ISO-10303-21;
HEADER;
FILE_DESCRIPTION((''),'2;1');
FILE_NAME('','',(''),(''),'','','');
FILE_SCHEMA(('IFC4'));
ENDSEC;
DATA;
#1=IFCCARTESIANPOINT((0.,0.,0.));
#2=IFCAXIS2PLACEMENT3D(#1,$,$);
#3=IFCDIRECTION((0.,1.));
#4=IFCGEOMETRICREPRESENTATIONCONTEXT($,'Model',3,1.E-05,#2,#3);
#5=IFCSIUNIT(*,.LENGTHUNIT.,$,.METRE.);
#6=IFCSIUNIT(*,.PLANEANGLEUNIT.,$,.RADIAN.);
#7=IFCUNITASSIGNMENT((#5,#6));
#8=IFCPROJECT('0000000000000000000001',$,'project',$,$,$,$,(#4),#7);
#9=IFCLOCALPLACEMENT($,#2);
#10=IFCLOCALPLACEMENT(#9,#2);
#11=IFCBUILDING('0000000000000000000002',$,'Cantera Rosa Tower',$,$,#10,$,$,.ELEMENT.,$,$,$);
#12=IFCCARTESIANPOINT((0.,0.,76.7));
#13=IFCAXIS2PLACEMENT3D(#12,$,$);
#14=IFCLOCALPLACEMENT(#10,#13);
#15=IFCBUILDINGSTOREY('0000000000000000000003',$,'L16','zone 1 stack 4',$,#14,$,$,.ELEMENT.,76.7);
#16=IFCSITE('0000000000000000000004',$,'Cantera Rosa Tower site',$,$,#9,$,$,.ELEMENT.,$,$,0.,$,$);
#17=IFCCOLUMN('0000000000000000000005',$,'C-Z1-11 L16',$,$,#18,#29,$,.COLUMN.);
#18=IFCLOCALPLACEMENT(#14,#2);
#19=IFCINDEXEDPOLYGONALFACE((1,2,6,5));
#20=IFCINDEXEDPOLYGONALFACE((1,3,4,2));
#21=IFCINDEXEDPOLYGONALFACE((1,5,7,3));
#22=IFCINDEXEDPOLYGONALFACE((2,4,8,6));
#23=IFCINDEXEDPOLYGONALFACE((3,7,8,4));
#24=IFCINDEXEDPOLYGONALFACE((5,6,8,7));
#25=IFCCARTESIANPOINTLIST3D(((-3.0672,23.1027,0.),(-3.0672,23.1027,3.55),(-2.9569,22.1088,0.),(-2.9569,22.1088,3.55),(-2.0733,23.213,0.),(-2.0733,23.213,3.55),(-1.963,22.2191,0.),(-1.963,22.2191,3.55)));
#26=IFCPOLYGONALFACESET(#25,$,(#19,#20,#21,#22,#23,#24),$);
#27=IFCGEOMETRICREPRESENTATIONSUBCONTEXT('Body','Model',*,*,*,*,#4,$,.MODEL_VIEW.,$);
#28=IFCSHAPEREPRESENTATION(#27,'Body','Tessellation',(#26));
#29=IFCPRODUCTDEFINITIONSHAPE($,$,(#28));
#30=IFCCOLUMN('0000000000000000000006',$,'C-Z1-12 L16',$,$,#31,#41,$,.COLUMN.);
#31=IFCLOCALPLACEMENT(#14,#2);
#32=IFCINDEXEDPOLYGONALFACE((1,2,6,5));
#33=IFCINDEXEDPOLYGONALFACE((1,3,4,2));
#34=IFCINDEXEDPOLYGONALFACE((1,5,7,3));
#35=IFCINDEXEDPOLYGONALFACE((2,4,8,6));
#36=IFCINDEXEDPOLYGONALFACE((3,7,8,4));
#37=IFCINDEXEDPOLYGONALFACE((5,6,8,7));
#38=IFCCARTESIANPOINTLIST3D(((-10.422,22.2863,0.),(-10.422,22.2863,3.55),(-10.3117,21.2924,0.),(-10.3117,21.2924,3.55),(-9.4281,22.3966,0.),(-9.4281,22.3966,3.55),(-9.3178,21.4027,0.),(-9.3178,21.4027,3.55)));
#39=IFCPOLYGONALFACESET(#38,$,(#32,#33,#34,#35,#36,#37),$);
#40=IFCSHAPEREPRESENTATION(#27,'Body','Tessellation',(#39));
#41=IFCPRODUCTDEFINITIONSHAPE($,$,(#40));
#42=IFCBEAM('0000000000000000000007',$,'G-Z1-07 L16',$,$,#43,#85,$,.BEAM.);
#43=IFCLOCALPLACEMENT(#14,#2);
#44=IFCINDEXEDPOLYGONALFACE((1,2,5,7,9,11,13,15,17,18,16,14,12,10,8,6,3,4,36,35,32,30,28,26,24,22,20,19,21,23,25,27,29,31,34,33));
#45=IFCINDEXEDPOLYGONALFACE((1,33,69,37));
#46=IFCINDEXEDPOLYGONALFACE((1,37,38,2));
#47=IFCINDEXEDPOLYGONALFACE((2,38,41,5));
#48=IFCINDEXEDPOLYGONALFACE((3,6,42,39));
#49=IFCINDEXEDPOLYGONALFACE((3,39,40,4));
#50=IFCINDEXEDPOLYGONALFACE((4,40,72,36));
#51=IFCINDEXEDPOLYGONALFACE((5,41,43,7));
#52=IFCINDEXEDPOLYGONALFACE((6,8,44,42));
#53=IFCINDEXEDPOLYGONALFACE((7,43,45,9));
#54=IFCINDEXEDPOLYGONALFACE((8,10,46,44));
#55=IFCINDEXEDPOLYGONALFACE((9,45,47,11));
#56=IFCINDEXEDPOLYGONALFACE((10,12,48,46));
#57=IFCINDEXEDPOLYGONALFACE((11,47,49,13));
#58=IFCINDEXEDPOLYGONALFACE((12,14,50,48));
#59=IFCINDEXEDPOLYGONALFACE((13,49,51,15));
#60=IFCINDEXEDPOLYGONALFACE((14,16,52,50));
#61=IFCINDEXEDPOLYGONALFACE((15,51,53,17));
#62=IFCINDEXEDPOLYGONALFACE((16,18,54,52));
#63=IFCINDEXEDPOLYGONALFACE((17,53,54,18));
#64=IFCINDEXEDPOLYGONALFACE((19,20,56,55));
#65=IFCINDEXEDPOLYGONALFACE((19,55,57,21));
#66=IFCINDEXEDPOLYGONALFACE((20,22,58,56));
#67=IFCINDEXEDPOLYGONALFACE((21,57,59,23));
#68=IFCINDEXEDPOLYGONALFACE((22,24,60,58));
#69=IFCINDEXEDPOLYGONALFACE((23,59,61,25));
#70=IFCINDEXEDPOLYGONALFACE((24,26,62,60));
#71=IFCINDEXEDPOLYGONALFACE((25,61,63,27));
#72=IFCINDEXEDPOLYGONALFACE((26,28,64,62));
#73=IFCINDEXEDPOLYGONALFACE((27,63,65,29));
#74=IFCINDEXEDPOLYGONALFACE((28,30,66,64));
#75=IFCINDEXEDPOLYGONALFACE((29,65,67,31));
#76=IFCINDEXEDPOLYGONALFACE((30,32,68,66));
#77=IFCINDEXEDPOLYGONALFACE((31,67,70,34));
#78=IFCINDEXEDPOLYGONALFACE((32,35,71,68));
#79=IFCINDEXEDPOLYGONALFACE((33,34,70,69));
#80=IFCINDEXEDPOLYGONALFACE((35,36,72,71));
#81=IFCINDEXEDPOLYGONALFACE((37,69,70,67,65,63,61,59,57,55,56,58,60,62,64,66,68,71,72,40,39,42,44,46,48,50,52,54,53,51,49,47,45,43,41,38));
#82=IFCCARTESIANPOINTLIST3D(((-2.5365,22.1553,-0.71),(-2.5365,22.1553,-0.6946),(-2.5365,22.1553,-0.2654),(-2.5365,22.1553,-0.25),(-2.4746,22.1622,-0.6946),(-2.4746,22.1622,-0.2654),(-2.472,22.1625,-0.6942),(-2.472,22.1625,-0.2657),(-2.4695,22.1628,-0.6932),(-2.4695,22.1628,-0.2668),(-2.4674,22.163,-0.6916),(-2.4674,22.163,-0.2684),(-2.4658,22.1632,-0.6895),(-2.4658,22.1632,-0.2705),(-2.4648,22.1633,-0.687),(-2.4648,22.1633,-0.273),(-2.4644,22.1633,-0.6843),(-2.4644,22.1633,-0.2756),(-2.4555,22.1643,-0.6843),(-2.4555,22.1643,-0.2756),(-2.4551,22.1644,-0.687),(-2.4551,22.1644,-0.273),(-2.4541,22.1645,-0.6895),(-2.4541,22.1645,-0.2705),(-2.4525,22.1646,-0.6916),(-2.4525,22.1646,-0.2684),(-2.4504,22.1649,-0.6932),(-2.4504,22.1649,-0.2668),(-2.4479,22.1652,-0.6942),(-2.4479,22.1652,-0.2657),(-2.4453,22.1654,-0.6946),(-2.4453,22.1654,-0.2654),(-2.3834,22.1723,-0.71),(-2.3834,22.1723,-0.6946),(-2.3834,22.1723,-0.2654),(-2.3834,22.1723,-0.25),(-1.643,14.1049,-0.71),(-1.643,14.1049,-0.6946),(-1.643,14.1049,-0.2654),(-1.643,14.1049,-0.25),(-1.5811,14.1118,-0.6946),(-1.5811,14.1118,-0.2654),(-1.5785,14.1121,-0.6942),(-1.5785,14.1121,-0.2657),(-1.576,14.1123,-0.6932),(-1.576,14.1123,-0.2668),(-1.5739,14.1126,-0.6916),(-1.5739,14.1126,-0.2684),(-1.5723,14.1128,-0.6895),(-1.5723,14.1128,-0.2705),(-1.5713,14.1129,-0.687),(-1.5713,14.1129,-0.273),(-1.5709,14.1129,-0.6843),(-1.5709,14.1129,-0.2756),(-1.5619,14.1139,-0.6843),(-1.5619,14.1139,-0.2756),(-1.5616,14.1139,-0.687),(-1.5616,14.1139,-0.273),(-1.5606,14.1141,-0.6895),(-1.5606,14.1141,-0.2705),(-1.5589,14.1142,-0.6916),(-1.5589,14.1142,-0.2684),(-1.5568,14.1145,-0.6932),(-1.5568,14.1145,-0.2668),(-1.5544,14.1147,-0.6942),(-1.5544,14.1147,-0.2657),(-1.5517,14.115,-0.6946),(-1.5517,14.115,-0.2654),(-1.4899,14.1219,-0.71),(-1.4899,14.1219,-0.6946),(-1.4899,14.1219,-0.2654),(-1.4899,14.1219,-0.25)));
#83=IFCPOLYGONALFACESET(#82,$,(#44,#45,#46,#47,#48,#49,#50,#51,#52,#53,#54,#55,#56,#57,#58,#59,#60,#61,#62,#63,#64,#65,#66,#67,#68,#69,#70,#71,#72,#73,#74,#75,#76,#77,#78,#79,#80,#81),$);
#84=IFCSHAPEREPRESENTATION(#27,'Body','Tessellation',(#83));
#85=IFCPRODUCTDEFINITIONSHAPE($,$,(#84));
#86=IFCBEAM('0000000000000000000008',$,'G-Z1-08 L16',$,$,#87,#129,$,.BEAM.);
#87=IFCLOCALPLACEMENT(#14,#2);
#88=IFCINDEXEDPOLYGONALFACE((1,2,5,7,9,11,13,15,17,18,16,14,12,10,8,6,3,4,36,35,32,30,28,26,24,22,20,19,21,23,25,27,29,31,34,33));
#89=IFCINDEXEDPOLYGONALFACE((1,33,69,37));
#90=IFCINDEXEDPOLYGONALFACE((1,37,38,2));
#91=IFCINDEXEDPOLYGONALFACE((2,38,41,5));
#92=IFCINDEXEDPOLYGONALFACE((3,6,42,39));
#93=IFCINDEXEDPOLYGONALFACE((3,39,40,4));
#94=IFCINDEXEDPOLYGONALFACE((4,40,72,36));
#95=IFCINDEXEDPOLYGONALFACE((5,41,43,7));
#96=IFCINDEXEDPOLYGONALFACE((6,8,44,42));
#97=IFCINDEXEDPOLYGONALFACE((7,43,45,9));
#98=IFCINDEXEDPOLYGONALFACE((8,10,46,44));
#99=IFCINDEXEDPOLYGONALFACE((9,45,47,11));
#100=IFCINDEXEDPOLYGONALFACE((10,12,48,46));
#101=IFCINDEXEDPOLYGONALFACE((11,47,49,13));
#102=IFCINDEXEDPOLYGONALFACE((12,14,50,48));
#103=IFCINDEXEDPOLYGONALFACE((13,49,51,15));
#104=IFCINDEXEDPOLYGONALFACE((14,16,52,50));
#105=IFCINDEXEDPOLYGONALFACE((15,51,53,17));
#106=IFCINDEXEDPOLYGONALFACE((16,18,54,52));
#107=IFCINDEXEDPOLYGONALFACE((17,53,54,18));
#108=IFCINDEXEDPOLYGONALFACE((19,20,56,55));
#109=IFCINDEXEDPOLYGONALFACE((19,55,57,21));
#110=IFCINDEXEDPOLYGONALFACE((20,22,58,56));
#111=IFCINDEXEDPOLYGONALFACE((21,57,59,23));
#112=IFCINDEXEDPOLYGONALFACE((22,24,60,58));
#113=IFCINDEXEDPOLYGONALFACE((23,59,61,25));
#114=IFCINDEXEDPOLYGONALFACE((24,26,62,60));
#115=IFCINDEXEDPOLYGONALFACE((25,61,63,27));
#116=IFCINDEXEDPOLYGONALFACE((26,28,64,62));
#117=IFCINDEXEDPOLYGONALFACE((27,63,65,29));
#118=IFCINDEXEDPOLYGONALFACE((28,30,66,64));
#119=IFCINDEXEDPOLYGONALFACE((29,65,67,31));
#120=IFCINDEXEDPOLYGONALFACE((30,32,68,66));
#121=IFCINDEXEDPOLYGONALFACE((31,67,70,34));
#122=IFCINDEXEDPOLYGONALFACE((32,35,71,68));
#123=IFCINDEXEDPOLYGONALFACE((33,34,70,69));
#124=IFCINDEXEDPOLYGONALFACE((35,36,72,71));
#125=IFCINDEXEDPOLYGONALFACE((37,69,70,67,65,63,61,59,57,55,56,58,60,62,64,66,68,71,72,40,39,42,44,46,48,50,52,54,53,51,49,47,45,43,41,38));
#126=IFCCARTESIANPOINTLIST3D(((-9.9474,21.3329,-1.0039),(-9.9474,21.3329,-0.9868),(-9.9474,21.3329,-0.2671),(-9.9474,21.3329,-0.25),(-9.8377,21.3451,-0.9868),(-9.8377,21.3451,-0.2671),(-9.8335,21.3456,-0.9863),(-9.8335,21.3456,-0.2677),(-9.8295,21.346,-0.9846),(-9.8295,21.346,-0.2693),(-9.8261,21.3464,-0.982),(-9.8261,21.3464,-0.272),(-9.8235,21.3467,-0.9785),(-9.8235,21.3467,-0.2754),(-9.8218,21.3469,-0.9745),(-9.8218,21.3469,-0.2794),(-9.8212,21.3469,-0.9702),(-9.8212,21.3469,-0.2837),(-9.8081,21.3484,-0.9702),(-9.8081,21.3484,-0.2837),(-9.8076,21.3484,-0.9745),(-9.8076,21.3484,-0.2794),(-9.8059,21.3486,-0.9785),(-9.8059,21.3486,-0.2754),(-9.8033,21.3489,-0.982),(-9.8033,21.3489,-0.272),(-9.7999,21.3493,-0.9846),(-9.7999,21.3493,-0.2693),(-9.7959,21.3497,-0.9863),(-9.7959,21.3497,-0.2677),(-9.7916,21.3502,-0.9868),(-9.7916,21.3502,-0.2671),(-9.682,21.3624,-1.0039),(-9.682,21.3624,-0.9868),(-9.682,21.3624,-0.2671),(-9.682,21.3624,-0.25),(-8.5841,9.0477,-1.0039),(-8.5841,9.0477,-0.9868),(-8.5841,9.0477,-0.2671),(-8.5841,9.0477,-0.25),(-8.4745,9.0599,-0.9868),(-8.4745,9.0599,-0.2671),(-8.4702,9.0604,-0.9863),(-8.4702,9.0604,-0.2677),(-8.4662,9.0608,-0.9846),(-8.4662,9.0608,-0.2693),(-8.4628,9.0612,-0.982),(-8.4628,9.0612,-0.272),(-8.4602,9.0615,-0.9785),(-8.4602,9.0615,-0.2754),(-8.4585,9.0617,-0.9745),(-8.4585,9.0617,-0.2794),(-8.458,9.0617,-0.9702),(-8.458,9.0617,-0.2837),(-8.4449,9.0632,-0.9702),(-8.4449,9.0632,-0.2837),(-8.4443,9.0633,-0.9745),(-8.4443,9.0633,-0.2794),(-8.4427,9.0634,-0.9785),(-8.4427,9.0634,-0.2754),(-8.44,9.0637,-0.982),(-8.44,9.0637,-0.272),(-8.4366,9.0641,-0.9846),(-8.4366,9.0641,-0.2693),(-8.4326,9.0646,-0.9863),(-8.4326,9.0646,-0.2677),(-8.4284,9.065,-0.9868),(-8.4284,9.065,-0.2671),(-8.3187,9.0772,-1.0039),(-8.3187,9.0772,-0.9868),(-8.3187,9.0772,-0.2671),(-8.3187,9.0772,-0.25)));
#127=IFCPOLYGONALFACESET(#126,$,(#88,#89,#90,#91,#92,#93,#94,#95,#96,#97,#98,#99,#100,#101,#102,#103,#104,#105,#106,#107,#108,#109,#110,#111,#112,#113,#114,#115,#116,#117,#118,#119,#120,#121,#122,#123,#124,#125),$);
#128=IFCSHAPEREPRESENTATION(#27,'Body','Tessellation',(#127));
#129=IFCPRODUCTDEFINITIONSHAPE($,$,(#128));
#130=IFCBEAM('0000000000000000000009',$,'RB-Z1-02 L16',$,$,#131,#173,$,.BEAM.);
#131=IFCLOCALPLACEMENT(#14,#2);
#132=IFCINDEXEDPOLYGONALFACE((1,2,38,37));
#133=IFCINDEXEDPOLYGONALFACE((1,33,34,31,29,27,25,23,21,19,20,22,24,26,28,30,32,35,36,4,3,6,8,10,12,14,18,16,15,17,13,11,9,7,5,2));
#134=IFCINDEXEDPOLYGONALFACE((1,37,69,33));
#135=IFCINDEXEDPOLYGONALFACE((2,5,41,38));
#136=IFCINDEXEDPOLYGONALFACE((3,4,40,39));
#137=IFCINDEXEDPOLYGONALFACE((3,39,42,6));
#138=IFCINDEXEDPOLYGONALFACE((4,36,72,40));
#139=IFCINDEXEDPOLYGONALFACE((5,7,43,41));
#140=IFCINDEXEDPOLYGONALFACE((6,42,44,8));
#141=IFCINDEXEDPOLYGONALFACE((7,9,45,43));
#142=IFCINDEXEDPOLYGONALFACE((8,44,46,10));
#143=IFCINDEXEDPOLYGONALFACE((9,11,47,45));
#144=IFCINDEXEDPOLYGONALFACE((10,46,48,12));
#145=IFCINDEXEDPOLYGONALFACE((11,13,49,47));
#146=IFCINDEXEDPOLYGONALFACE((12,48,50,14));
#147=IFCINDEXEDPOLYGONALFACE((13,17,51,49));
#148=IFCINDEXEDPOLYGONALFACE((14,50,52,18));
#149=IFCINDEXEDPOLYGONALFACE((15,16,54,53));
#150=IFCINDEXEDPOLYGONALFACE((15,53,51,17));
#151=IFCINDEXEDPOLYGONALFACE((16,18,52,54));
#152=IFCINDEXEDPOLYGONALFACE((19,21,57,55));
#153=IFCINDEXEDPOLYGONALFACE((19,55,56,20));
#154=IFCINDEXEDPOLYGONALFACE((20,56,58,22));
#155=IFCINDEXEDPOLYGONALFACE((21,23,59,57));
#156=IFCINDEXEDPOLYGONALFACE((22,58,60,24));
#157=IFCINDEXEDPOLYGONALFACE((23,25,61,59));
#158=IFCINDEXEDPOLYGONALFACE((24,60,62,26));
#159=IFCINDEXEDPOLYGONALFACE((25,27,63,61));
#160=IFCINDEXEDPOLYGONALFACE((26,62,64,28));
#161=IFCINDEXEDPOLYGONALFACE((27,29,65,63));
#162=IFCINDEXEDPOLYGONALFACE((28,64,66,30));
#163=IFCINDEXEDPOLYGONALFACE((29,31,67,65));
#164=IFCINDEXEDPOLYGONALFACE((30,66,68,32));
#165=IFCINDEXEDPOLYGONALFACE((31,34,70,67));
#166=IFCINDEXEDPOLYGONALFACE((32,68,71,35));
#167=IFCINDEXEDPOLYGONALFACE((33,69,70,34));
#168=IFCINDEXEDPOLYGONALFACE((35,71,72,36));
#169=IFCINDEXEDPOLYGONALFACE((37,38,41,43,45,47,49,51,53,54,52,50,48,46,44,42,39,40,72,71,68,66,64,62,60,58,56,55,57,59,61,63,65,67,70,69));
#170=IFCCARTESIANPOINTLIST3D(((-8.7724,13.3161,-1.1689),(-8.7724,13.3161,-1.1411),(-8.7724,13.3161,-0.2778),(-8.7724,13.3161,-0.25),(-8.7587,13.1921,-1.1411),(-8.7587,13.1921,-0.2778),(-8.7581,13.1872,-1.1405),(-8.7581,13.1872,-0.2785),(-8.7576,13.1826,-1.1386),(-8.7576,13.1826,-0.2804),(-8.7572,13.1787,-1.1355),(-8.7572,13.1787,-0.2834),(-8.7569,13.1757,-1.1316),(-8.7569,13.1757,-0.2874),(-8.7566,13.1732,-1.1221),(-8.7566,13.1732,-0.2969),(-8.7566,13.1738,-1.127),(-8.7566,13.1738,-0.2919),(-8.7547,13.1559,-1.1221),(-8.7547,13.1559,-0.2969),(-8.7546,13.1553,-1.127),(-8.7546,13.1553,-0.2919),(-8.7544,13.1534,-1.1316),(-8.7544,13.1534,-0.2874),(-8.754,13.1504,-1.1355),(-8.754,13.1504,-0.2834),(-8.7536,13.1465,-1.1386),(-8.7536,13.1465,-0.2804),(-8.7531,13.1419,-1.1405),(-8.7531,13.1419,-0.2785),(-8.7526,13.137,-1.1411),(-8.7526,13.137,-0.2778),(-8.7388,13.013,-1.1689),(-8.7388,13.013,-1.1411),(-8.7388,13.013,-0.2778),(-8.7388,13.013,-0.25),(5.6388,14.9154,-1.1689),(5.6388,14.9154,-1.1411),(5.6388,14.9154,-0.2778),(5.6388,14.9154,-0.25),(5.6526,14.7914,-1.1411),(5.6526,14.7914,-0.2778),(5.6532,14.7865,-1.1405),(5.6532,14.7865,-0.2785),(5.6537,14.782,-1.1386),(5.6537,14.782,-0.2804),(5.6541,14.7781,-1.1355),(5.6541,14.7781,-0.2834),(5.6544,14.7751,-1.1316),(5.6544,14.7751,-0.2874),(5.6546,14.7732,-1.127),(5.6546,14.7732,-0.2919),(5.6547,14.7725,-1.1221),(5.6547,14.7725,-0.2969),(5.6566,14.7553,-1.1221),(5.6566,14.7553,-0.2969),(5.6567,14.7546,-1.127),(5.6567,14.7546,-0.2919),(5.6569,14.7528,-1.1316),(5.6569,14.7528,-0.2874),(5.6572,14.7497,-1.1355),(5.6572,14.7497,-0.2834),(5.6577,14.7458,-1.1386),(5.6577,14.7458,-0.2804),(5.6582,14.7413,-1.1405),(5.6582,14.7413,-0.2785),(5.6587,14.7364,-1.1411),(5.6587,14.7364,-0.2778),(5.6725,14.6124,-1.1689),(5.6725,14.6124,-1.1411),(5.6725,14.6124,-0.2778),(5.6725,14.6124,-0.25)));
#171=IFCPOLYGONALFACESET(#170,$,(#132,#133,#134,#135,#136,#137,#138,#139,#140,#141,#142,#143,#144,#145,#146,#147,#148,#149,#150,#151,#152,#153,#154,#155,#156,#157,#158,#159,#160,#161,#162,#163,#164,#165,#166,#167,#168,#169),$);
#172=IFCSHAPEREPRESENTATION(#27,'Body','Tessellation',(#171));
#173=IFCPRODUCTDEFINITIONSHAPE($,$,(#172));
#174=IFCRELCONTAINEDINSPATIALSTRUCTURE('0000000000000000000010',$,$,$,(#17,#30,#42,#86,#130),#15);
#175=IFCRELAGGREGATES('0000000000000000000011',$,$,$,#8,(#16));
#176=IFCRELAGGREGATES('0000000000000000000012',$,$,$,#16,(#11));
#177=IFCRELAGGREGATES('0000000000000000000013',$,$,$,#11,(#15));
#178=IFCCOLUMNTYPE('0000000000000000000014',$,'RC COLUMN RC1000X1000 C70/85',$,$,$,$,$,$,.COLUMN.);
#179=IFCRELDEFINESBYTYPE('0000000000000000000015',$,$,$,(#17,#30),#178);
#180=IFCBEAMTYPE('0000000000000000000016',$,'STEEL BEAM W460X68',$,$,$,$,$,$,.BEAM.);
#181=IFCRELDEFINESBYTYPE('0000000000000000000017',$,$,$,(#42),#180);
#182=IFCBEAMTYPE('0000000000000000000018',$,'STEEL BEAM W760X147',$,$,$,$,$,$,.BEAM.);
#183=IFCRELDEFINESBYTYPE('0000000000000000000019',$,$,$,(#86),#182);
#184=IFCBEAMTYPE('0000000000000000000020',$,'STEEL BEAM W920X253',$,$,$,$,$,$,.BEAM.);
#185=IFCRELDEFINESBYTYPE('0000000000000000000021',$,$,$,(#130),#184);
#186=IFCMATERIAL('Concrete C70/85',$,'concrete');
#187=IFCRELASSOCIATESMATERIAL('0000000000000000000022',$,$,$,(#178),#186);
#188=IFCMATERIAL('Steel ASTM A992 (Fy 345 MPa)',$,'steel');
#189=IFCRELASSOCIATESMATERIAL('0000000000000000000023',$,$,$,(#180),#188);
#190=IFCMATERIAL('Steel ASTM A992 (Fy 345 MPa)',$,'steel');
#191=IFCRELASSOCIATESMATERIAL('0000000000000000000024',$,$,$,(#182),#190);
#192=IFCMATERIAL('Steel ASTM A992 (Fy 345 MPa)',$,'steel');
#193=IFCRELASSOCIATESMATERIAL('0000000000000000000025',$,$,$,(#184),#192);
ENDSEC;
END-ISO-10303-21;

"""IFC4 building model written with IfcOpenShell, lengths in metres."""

from ifc_helpers import new_model, si_unit, direction, frame, origin, origin_2d, place, context, subcontext, project, spatial, rectangle, i_section, extrude, material, material_profile, profile_set, type_object, element, save


model = new_model("IFC4")

# Units and contexts
model_context = context("Model", 3, precision=1e-05, world=origin(), true_north=direction((0.0, 1.0)))
body_context = subcontext(model_context, "Body", "Model", "MODEL_VIEW")
ifc_project = project(units=[si_unit("LENGTHUNIT", "METRE"), si_unit("PLANEANGLEUNIT", "RADIAN")], contexts=[model_context])

# Site, building, storey
site_placement = place(None, origin())
site = spatial("IfcSite", under=ifc_project, at=site_placement, Name="Cantera Rosa Tower site", CompositionType="ELEMENT", RefElevation=0.0)
building_placement = place(site_placement, origin())
building = spatial("IfcBuilding", under=site, at=building_placement, Name="Cantera Rosa Tower", CompositionType="ELEMENT")
storey_placement = place(building_placement, frame((0.0, 0.0, 76.7)))
storey = spatial("IfcBuildingStorey", under=building, at=storey_placement, Name="L16", Description="zone 1 stack 4", CompositionType="ELEMENT", Elevation=76.7)

# Columns
ifc_material_1 = material(Name="Concrete C70/85", Category="concrete")
ifc_material_profile_1 = material_profile(ifc_material_1, rectangle(XDim=1.0, YDim=1.0, at=origin_2d()), Name="RC COLUMN RC1000X1000 C70/85")
ifc_profile_set_1 = profile_set([ifc_material_profile_1], Name="Concrete C70/85")
column_type = type_object("IfcColumnType", Name="RC COLUMN RC1000X1000 C70/85", PredefinedType="COLUMN", material=ifc_profile_set_1)
for number, where, z_axis, x_axis, name in (
    (1, (-2.5151, 22.6609, 0.0), (0.0, 0.0, 1.0), (0.993897, 0.110313, 0.0), "C-Z1-11 L16"),
    (2, (-9.8699, 21.8445, 0.0), (0.0, 0.0, 1.0), (0.993897, 0.110313, 0.0), "C-Z1-12 L16"),
):
    element("IfcColumn", number, at=place(storey_placement, frame(where, z_axis=z_axis, x_axis=x_axis)), inside=storey, type_object=column_type, Name=name, PredefinedType="COLUMN", context=body_context, shape_type="SweptSolid", body=[
        extrude(rectangle(XDim=1.0, YDim=1.0, at=origin_2d()), origin(), (0.0, 0.0, 1.0), 3.55),
    ])

# Beams
ifc_material_2 = material(Name="Steel ASTM A992 (Fy 345 MPa)", Category="steel")
ifc_material_profile_2 = material_profile(ifc_material_2, i_section(OverallWidth=0.1541, OverallDepth=0.46, WebThickness=0.009, FlangeThickness=0.0154, FilletRadius=0.0103, at=origin_2d()), Name="W460X68")
ifc_profile_set_2 = profile_set([ifc_material_profile_2], Name="Steel ASTM A992 (Fy 345 MPa)")
beam_type_1 = type_object("IfcBeamType", Name="STEEL BEAM W460X68", PredefinedType="BEAM", material=ifc_profile_set_2)
beam_1_placement = place(storey_placement, frame((-2.46, 22.1638, -0.48), z_axis=(0.110316, -0.993897, 0.0), x_axis=(0.993897, 0.110316, 0.0)))
element("IfcBeam", 3, at=beam_1_placement, inside=storey, type_object=beam_type_1, Name="G-Z1-07 L16", PredefinedType="BEAM", context=body_context, shape_type="SweptSolid", body=[
    extrude(i_section(OverallWidth=0.1541, OverallDepth=0.46, WebThickness=0.009, FlangeThickness=0.0154, FilletRadius=0.0103, at=origin_2d()), origin(), (0.0, 0.0, 1.0), 8.0999),
])
ifc_material_3 = material(Name="Steel ASTM A992 (Fy 345 MPa)", Category="steel")
ifc_material_profile_3 = material_profile(ifc_material_3, i_section(OverallWidth=0.2671, OverallDepth=0.7539, WebThickness=0.0132, FlangeThickness=0.0171, FilletRadius=0.0166, at=origin_2d()), Name="W760X147")
ifc_profile_set_3 = profile_set([ifc_material_profile_3], Name="Steel ASTM A992 (Fy 345 MPa)")
beam_type_2 = type_object("IfcBeamType", Name="STEEL BEAM W760X147", PredefinedType="BEAM", material=ifc_profile_set_3)
beam_2_placement = place(storey_placement, frame((-9.8147, 21.3477, -0.627), z_axis=(0.110293, -0.993899, 0.0), x_axis=(0.993899, 0.110293, 0.0)))
element("IfcBeam", 4, at=beam_2_placement, inside=storey, type_object=beam_type_2, Name="G-Z1-08 L16", PredefinedType="BEAM", context=body_context, shape_type="SweptSolid", body=[
    extrude(i_section(OverallWidth=0.2671, OverallDepth=0.7539, WebThickness=0.0132, FlangeThickness=0.0171, FilletRadius=0.0166, at=origin_2d()), origin(), (0.0, 0.0, 1.0), 12.3606),
])
ifc_material_4 = material(Name="Steel ASTM A992 (Fy 345 MPa)", Category="steel")
ifc_material_profile_4 = material_profile(ifc_material_4, i_section(OverallWidth=0.3049, OverallDepth=0.9189, WebThickness=0.0173, FlangeThickness=0.0278, FilletRadius=0.019, at=origin_2d()), Name="W920X253")
ifc_profile_set_4 = profile_set([ifc_material_profile_4], Name="Steel ASTM A992 (Fy 345 MPa)")
beam_type_3 = type_object("IfcBeamType", Name="STEEL BEAM W920X253", PredefinedType="BEAM", material=ifc_profile_set_4)
beam_3_placement = place(storey_placement, frame((-8.7556, 13.1646, -0.7095), z_axis=(0.993898, 0.110302, 0.0), x_axis=(-0.110302, 0.993898, 0.0)))
element("IfcBeam", 5, at=beam_3_placement, inside=storey, type_object=beam_type_3, Name="RB-Z1-02 L16", PredefinedType="BEAM", context=body_context, shape_type="SweptSolid", body=[
    extrude(i_section(OverallWidth=0.3049, OverallDepth=0.9189, WebThickness=0.0173, FlangeThickness=0.0278, FilletRadius=0.019, at=origin_2d()), origin(), (0.0, 0.0, 1.0), 14.4998),
])

save(model, "model.ifc")
